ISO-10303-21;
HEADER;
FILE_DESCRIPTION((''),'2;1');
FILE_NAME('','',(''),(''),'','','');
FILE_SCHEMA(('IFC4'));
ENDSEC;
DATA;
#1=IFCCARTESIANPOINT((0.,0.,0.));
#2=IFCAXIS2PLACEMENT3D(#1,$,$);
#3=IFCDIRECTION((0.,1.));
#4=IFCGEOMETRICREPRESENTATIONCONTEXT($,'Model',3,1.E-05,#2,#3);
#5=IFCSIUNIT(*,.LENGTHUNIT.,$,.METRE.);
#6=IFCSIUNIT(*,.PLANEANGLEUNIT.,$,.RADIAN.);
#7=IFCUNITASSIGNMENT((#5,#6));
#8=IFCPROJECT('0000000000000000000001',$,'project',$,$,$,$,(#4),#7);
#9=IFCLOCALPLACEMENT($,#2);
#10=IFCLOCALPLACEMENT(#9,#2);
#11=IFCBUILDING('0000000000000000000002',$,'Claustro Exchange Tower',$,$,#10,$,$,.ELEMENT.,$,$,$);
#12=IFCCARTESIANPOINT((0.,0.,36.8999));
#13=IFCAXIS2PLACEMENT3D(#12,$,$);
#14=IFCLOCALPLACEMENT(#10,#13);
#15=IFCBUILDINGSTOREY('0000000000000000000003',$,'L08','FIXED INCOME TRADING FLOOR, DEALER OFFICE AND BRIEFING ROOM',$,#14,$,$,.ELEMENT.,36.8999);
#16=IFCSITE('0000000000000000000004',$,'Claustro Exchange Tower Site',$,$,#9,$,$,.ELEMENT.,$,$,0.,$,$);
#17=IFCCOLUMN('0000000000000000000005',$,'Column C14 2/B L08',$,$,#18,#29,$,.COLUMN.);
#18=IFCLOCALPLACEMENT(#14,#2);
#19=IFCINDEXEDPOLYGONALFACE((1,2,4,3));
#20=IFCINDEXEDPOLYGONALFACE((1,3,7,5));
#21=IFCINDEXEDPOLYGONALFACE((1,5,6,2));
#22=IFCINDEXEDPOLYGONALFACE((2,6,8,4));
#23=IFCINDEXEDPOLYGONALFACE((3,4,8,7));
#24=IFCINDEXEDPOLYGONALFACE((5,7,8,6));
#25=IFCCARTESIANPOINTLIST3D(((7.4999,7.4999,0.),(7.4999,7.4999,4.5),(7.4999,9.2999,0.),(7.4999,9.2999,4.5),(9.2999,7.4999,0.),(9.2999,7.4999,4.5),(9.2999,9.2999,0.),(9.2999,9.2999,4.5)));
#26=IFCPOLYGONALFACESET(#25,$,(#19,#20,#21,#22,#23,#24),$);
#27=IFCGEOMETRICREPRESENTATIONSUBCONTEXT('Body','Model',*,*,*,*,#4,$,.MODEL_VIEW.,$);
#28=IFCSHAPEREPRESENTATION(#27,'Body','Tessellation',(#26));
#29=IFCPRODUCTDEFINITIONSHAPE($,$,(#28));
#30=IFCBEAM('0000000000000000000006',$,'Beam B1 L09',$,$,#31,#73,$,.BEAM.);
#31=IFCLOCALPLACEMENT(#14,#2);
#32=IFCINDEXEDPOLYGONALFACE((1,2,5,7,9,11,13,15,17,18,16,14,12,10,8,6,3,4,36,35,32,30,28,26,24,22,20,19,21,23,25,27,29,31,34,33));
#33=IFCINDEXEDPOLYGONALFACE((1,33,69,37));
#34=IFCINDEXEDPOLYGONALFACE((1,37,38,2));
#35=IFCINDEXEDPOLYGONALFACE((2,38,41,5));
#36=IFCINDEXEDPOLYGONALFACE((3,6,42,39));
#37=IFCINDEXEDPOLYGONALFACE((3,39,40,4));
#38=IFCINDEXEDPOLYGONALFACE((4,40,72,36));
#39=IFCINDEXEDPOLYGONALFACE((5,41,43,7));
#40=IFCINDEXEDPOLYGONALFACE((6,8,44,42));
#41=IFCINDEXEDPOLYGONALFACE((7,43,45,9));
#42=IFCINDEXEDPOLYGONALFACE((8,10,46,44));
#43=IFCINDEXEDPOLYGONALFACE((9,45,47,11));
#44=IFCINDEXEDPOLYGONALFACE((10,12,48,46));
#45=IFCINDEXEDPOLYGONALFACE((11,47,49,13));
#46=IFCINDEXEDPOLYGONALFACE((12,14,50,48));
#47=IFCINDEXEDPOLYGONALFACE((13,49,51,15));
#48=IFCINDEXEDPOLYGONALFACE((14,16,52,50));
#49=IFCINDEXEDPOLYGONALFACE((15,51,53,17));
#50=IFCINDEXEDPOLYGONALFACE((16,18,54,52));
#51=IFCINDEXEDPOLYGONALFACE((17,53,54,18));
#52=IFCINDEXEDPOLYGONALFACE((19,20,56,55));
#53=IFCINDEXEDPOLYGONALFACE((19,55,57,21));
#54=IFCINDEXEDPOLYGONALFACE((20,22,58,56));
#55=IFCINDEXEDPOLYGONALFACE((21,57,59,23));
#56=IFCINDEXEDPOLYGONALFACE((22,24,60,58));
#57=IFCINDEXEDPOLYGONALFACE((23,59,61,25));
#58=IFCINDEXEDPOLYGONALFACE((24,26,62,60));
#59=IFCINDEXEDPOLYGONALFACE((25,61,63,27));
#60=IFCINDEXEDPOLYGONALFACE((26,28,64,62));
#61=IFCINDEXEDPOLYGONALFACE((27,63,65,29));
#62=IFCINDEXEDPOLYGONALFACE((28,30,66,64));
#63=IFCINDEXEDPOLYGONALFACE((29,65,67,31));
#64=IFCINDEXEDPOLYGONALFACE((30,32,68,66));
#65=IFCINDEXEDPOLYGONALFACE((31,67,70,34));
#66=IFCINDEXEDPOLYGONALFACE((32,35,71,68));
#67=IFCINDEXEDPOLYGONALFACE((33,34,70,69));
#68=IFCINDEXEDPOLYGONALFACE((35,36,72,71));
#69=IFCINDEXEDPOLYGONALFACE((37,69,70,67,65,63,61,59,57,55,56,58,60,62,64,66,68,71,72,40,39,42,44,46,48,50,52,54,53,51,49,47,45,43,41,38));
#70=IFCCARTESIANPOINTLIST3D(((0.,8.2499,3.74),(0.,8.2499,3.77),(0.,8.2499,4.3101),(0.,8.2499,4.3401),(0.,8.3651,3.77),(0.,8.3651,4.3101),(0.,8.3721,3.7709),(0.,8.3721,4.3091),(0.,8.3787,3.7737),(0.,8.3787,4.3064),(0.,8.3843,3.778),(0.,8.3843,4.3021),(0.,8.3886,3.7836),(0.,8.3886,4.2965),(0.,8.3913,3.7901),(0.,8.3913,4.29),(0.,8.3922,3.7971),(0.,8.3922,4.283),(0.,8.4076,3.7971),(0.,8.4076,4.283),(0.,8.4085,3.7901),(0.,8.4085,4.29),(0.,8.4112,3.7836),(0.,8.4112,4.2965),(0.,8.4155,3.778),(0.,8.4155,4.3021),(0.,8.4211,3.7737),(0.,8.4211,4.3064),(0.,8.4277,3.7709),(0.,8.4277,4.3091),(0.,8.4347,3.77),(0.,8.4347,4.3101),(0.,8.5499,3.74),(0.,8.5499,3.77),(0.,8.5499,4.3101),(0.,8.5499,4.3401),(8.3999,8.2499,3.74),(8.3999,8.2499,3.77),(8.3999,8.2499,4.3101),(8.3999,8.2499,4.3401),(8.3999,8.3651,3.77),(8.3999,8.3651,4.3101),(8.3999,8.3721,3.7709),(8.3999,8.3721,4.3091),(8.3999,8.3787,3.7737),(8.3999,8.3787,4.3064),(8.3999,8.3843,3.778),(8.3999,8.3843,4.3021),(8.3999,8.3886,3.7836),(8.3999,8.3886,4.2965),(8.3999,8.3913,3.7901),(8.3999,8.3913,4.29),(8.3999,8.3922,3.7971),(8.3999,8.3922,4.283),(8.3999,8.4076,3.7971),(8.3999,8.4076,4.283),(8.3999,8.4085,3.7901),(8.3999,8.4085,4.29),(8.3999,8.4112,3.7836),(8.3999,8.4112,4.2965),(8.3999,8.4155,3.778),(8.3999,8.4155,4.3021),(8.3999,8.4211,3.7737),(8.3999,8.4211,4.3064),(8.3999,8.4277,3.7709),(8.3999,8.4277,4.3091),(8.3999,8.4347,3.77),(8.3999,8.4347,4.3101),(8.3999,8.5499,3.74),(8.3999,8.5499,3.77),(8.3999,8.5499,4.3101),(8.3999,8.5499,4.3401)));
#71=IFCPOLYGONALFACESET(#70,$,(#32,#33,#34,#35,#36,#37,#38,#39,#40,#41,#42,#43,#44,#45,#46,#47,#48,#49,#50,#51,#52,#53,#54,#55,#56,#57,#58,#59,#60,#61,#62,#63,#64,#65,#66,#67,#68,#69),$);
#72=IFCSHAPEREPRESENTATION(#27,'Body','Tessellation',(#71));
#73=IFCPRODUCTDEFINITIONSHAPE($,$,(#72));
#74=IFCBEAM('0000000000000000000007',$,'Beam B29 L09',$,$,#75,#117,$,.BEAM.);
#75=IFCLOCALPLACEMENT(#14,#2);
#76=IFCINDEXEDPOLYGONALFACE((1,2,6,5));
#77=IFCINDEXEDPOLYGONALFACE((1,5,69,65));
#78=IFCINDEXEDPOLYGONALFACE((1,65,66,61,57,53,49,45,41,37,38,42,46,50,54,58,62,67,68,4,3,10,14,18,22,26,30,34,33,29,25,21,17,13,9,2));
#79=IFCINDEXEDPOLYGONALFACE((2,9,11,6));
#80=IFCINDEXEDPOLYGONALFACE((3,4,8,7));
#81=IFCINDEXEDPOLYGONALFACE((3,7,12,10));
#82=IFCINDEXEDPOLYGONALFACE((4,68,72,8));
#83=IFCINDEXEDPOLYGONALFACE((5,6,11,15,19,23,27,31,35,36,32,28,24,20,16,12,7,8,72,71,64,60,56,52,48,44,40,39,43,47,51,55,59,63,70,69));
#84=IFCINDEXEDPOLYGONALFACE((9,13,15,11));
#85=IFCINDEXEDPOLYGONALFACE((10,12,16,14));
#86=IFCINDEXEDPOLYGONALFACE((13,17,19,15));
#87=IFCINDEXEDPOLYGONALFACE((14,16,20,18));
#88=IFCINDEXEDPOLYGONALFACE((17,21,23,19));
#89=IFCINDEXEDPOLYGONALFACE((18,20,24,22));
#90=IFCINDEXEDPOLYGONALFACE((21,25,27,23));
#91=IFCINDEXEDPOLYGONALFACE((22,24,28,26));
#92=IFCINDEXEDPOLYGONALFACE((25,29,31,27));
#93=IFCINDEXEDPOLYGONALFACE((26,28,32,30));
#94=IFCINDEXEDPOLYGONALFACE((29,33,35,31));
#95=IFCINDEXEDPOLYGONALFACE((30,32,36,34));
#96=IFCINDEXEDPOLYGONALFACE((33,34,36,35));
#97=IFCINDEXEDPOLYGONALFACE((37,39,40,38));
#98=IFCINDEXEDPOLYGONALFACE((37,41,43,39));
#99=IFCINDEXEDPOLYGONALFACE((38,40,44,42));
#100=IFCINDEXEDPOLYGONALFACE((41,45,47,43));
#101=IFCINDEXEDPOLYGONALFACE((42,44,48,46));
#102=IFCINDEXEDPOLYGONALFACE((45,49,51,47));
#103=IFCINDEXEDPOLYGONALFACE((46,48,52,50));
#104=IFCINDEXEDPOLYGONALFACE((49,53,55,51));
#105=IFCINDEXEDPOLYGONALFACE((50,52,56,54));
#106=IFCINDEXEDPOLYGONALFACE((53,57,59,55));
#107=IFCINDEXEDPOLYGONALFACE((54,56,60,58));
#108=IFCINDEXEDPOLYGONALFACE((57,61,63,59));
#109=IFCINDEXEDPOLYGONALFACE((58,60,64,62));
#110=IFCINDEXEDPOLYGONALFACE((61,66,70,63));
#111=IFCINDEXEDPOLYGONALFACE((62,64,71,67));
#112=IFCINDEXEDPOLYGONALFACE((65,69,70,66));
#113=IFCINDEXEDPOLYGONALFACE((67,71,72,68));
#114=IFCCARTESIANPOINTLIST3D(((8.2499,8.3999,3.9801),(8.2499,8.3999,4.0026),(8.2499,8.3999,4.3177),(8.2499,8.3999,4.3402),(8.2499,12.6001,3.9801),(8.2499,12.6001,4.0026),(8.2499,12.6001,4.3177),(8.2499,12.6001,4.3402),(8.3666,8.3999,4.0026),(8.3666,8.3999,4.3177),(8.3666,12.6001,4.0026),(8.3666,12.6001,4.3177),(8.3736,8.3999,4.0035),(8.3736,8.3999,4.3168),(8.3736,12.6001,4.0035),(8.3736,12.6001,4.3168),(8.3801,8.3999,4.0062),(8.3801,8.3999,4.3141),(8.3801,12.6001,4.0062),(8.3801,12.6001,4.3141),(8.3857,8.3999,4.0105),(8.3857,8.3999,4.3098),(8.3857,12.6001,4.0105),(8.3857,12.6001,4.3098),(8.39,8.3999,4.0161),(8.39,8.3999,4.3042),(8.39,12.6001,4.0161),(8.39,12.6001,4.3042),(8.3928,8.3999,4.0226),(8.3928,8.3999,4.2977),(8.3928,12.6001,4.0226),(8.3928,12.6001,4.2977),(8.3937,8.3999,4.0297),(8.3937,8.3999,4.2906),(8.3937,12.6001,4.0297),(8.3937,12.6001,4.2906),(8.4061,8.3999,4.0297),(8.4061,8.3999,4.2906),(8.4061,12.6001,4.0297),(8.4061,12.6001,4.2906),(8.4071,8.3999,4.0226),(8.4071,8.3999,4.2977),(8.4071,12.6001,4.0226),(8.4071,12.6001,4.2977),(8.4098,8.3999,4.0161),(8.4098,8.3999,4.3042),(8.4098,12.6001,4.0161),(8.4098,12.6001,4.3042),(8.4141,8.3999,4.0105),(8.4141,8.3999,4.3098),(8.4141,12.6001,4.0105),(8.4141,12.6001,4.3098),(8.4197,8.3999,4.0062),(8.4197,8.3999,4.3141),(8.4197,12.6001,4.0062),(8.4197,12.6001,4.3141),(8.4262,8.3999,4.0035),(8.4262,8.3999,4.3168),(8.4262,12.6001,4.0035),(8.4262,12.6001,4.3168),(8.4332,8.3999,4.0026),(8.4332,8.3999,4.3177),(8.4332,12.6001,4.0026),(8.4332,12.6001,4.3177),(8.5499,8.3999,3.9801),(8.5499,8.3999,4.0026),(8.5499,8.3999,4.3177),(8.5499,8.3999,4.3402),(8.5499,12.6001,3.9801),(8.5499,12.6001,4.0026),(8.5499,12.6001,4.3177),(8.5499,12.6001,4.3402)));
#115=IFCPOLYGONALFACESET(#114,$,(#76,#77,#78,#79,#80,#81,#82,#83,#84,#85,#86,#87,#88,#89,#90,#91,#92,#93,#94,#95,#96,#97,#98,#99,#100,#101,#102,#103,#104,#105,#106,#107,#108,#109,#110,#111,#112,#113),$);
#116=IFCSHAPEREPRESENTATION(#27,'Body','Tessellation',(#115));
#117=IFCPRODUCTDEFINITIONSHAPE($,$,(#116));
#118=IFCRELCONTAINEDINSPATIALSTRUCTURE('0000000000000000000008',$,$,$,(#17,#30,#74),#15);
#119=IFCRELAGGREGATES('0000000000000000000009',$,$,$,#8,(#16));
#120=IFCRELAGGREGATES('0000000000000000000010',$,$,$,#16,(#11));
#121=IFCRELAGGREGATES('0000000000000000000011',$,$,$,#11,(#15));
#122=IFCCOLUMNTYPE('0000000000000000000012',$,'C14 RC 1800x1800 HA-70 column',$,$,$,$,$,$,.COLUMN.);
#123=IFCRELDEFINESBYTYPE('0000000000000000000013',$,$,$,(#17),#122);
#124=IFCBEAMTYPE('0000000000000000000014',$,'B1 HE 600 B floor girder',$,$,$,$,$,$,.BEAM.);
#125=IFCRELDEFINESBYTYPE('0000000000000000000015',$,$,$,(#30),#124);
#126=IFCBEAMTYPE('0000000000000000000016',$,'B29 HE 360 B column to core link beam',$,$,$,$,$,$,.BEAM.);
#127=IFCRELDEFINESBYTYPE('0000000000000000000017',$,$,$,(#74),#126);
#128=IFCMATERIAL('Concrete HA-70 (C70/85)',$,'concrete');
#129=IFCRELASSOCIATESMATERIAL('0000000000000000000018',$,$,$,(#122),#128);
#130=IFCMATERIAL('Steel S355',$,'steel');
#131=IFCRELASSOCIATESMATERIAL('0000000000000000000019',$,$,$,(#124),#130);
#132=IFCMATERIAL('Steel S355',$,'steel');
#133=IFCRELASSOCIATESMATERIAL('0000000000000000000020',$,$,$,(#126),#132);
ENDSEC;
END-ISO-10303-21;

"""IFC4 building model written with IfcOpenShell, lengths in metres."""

from ifc_helpers import new_model, si_unit, direction, frame, origin, origin_2d, place, context, subcontext, project, spatial, rectangle, i_section, extrude, material, material_profile, profile_set, type_object, element, save


model = new_model("IFC4")

# Units and contexts
model_context = context("Model", 3, precision=1e-05, world=origin(), true_north=direction((0.0, 1.0)))
body_context = subcontext(model_context, "Body", "Model", "MODEL_VIEW")
ifc_project = project(units=[si_unit("LENGTHUNIT", "METRE"), si_unit("PLANEANGLEUNIT", "RADIAN")], contexts=[model_context])

# Site, building, storey
site_placement = place(None, origin())
site = spatial("IfcSite", under=ifc_project, at=site_placement, Name="Claustro Exchange Tower Site", CompositionType="ELEMENT", RefElevation=0.0)
building_placement = place(site_placement, origin())
building = spatial("IfcBuilding", under=site, at=building_placement, Name="Claustro Exchange Tower", CompositionType="ELEMENT")
storey_placement = place(building_placement, frame((0.0, 0.0, 36.8999)))
storey = spatial("IfcBuildingStorey", under=building, at=storey_placement, Name="L08", Description="FIXED INCOME TRADING FLOOR, DEALER OFFICE AND BRIEFING ROOM", CompositionType="ELEMENT", Elevation=36.8999)

# Column
ifc_material_1 = material(Name="Concrete HA-70 (C70/85)", Category="concrete")
ifc_material_profile_1 = material_profile(ifc_material_1, rectangle(XDim=1.8, YDim=1.8, at=origin_2d()), Name="RC 1800x1800")
ifc_profile_set_1 = profile_set([ifc_material_profile_1], Name="Concrete HA-70 (C70/85)")
column_type = type_object("IfcColumnType", Name="C14 RC 1800x1800 HA-70 column", PredefinedType="COLUMN", material=ifc_profile_set_1)
column_placement = place(storey_placement, frame((8.3999, 8.3999, 0.0), z_axis=(0.0, 0.0, 1.0), x_axis=(1.0, 0.0, 0.0)))
element("IfcColumn", 1, at=column_placement, inside=storey, type_object=column_type, Name="Column C14 2/B L08", PredefinedType="COLUMN", context=body_context, shape_type="SweptSolid", body=[
    extrude(rectangle(XDim=1.8, YDim=1.8, at=origin_2d()), origin(), (0.0, 0.0, 1.0), 4.5),
])

# Beams
ifc_material_2 = material(Name="Steel S355", Category="steel")
ifc_material_profile_2 = material_profile(ifc_material_2, i_section(OverallWidth=0.3, OverallDepth=0.6001, WebThickness=0.0154, FlangeThickness=0.03, FilletRadius=0.0271, at=origin_2d()), Name="HE 600 B")
ifc_profile_set_2 = profile_set([ifc_material_profile_2], Name="Steel S355")
beam_type_1 = type_object("IfcBeamType", Name="B1 HE 600 B floor girder", PredefinedType="BEAM", material=ifc_profile_set_2)
beam_1_placement = place(storey_placement, frame((0.0, 8.3999, 4.04), z_axis=(1.0, 0.0, 0.0), x_axis=(0.0, 1.0, 0.0)))
element("IfcBeam", 2, at=beam_1_placement, inside=storey, type_object=beam_type_1, Name="Beam B1 L09", PredefinedType="BEAM", context=body_context, shape_type="SweptSolid", body=[
    extrude(i_section(OverallWidth=0.3, OverallDepth=0.6001, WebThickness=0.0154, FlangeThickness=0.03, FilletRadius=0.0271, at=origin_2d()), origin(), (0.0, 0.0, 1.0), 8.3999),
])
ifc_material_3 = material(Name="Steel S355", Category="steel")
ifc_material_profile_3 = material_profile(ifc_material_3, i_section(OverallWidth=0.3, OverallDepth=0.3601, WebThickness=0.0125, FlangeThickness=0.0225, FilletRadius=0.0271, at=origin_2d()), Name="HE 360 B")
ifc_profile_set_3 = profile_set([ifc_material_profile_3], Name="Steel S355")
beam_type_2 = type_object("IfcBeamType", Name="B29 HE 360 B column to core link beam", PredefinedType="BEAM", material=ifc_profile_set_3)
beam_2_placement = place(storey_placement, frame((8.3999, 8.3999, 4.1602), z_axis=(0.0, 1.0, 0.0), x_axis=(-1.0, 0.0, 0.0)))
element("IfcBeam", 3, at=beam_2_placement, inside=storey, type_object=beam_type_2, Name="Beam B29 L09", PredefinedType="BEAM", context=body_context, shape_type="SweptSolid", body=[
    extrude(i_section(OverallWidth=0.3, OverallDepth=0.3601, WebThickness=0.0125, FlangeThickness=0.0225, FilletRadius=0.0271, at=origin_2d()), origin(), (0.0, 0.0, 1.0), 4.2002),
])

save(model, "model.ifc")
